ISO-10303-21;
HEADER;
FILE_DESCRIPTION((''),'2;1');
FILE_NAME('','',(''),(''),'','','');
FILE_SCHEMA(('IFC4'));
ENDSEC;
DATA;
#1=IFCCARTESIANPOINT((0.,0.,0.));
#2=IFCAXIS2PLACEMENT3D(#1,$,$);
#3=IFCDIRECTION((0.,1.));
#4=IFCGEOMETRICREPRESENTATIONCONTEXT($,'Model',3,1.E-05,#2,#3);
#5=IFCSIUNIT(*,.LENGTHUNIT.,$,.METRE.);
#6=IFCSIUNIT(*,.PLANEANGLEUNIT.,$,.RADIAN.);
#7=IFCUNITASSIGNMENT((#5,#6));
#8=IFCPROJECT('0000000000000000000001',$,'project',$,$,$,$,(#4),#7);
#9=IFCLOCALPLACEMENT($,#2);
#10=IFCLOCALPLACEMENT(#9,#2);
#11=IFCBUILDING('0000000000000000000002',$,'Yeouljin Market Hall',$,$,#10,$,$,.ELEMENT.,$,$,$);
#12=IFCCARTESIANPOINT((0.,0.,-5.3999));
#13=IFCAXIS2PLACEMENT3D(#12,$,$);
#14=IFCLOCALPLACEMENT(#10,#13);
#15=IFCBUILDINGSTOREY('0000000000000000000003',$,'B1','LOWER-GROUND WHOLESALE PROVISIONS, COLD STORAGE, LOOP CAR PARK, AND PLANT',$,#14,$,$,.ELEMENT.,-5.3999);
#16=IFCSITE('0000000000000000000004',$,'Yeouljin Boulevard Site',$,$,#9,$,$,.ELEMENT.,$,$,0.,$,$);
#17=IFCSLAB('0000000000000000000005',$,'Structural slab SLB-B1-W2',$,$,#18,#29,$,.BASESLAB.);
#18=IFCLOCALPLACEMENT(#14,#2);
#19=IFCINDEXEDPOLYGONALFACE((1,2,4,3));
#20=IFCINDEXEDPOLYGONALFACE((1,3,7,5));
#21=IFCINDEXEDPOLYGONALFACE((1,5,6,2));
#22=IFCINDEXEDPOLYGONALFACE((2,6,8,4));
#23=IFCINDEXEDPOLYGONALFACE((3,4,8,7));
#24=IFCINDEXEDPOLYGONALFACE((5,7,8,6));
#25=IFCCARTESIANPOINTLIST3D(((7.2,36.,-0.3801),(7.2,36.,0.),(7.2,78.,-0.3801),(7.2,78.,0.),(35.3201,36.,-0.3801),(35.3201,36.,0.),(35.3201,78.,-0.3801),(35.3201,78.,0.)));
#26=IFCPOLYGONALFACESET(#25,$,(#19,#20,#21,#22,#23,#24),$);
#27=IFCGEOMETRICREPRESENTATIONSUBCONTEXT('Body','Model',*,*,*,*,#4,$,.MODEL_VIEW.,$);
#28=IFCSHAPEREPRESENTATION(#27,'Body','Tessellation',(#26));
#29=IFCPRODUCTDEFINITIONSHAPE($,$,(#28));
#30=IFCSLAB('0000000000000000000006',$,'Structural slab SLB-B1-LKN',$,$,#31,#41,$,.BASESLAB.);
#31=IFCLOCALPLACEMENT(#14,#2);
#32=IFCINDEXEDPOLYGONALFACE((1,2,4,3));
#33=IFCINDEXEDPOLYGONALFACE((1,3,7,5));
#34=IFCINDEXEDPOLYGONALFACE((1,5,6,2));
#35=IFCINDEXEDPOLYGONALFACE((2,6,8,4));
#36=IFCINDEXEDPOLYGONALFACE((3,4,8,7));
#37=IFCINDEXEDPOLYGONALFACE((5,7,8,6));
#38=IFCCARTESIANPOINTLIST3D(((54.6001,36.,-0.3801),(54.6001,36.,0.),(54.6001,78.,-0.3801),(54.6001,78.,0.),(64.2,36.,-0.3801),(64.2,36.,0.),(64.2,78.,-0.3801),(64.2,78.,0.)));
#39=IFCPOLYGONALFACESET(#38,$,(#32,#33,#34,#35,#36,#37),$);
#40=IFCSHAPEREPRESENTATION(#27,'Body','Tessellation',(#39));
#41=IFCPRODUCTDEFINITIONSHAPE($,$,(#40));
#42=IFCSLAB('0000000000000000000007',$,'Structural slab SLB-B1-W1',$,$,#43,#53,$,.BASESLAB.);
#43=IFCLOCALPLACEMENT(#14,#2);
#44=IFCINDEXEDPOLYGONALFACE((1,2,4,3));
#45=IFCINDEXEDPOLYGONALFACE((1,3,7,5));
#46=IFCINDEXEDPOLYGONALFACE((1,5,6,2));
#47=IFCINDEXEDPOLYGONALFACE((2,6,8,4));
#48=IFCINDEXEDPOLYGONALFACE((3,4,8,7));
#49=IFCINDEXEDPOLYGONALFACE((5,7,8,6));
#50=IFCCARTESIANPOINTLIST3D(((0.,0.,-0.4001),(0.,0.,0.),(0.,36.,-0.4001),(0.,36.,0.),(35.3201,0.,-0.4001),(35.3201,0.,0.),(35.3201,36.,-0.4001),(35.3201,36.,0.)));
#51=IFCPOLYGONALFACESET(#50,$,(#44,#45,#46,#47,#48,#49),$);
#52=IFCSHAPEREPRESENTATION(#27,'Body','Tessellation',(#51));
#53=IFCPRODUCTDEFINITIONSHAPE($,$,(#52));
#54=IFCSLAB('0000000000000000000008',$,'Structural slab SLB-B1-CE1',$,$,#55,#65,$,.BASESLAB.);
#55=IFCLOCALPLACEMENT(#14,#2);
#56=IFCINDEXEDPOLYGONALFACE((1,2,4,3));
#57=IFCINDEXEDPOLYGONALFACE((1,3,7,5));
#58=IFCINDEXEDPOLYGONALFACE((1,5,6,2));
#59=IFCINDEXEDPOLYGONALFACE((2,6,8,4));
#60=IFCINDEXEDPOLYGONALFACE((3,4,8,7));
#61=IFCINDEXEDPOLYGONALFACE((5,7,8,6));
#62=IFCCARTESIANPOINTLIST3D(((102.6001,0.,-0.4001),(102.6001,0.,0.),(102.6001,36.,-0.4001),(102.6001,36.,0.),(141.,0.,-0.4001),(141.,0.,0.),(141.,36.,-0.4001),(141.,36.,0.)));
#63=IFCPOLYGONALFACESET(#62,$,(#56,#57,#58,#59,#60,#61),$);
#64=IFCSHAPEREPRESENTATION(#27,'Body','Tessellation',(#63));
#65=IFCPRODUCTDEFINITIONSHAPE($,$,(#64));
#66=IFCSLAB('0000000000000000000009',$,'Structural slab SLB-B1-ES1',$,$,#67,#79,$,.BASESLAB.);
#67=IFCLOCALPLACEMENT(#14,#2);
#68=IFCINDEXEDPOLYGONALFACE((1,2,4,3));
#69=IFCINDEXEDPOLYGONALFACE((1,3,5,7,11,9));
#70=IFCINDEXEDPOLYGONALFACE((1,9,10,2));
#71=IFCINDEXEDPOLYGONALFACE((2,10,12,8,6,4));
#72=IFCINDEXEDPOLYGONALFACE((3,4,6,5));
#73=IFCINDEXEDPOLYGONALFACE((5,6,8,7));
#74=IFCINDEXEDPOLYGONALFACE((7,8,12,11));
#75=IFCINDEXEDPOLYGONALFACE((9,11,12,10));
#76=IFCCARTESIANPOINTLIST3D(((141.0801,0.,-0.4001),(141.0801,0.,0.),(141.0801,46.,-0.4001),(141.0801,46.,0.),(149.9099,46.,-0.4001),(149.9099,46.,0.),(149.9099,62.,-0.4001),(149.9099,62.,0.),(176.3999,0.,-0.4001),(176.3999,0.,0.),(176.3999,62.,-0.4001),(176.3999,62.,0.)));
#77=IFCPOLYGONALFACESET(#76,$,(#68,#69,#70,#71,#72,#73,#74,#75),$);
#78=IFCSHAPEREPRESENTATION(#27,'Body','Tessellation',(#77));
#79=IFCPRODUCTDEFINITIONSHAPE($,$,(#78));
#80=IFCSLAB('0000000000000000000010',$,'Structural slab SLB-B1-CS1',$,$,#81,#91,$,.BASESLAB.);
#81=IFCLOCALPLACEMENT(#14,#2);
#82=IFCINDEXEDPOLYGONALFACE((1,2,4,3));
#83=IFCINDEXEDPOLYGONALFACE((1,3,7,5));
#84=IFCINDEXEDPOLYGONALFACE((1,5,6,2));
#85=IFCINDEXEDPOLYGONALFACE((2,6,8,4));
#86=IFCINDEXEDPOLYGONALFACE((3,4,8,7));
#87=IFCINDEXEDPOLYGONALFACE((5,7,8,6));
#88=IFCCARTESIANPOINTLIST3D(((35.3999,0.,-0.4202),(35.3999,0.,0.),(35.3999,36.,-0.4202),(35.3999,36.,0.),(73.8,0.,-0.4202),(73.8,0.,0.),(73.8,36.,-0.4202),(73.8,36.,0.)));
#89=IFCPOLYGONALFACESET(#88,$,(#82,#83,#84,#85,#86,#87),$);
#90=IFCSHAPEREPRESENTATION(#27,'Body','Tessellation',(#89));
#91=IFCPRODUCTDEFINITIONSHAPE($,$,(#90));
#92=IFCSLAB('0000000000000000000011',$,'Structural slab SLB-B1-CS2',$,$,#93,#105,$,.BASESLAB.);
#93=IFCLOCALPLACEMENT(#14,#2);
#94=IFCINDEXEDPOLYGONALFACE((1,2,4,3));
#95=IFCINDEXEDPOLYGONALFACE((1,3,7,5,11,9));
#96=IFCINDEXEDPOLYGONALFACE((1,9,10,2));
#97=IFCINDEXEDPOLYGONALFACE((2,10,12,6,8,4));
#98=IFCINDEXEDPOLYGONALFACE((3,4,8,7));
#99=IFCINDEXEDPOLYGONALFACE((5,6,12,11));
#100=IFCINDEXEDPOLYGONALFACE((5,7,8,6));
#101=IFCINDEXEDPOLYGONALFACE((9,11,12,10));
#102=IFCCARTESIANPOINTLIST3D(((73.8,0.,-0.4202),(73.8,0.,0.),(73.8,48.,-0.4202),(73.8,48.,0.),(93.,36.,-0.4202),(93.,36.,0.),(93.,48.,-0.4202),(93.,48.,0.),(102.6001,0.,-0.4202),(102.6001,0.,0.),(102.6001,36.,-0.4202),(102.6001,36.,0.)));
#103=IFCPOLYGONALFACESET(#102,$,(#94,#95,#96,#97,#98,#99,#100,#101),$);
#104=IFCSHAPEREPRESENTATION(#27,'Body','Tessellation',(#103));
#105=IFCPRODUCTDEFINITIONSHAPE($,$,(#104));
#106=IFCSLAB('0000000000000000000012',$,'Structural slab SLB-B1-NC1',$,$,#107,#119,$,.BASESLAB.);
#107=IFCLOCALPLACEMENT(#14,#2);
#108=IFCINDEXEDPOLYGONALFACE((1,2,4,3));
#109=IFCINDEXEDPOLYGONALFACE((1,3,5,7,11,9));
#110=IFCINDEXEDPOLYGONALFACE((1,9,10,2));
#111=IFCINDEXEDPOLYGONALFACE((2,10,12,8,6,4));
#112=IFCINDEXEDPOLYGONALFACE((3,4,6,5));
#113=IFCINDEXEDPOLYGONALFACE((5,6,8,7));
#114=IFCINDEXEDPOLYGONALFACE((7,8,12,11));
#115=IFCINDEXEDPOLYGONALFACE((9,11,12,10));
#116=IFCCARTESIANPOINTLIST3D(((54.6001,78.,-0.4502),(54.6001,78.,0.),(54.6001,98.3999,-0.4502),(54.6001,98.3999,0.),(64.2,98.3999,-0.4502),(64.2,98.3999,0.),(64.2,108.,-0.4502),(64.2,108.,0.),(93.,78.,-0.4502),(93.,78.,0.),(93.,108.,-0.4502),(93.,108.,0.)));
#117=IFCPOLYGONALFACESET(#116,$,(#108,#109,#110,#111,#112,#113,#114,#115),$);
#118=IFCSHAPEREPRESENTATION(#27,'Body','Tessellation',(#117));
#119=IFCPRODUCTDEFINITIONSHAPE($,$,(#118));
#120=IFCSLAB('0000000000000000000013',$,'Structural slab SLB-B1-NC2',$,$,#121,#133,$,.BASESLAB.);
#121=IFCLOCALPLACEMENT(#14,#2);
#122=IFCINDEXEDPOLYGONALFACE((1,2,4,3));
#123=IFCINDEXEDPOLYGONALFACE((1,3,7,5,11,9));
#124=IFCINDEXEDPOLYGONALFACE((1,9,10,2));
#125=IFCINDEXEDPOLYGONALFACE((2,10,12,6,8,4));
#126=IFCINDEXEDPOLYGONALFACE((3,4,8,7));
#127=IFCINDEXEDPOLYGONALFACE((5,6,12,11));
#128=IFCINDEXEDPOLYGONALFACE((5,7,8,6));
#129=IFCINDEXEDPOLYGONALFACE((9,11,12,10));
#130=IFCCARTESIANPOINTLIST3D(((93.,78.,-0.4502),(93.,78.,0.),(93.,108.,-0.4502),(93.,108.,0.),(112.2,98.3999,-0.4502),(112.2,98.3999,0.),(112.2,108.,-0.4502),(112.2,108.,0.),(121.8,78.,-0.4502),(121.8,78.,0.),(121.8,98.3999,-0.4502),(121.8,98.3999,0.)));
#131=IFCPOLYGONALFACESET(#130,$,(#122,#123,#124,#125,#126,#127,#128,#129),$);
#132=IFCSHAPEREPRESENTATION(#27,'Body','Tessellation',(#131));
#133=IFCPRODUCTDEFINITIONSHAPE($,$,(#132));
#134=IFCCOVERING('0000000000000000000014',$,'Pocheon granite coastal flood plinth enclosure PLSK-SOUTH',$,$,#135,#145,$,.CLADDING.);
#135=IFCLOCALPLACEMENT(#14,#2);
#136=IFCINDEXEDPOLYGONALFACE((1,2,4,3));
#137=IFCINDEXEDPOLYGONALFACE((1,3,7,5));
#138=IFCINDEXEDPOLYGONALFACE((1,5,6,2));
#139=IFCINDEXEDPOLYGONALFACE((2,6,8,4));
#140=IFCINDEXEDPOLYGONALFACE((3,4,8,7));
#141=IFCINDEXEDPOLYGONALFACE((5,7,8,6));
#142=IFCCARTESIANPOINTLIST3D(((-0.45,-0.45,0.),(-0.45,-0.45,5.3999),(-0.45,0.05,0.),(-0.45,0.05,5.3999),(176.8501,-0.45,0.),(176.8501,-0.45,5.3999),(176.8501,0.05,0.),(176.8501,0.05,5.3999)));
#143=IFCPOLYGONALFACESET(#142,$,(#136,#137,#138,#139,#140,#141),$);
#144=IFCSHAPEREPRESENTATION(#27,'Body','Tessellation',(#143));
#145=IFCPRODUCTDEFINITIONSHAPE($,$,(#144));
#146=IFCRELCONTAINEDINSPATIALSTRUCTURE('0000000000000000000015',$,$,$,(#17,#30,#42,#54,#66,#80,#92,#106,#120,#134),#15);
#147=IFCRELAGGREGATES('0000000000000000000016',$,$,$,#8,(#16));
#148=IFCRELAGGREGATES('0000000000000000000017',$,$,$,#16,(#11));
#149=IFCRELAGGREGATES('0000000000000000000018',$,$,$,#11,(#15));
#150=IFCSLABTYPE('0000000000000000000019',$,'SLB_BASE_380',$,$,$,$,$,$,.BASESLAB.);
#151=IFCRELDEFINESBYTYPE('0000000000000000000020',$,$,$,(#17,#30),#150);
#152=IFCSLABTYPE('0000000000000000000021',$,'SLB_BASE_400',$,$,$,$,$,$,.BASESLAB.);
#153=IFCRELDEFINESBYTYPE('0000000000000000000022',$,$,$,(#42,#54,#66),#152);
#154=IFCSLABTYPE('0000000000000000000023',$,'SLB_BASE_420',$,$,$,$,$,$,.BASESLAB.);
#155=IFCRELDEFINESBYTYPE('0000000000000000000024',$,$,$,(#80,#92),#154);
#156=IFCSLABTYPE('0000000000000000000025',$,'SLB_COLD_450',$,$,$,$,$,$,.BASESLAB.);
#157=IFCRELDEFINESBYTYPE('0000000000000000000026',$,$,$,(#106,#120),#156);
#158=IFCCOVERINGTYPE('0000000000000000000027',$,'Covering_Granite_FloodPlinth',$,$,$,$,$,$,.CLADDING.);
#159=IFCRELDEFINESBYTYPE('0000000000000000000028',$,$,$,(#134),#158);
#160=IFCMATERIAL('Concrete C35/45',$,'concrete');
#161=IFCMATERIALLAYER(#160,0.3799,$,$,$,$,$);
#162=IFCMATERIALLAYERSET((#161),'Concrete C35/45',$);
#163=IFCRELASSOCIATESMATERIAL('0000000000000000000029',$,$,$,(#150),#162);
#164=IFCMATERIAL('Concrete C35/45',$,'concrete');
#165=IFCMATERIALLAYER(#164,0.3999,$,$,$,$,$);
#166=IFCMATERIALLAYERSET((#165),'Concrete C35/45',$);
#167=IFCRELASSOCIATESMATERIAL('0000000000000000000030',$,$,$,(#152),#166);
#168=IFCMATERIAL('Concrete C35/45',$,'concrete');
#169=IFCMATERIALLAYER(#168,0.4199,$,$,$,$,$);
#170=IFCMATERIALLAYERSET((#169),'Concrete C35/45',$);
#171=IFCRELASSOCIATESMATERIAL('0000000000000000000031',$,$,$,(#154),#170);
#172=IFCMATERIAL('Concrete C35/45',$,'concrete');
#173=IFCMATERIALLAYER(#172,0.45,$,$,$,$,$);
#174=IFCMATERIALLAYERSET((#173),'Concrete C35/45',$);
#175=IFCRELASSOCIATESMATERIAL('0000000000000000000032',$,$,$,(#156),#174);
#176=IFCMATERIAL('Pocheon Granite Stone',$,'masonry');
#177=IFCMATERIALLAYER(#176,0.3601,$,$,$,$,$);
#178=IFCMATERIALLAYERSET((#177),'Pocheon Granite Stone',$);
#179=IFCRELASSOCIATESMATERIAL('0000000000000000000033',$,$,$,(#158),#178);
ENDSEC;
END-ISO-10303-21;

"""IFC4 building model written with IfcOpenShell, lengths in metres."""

from ifc_helpers import new_model, si_unit, direction, frame, origin, place, context, subcontext, project, spatial, polyline, outline, extrude, material, layer, layer_set, type_object, element, save


model = new_model("IFC4")

# Units and contexts
model_context = context("Model", 3, precision=1e-05, world=origin(), true_north=direction((0.0, 1.0)))
body_context = subcontext(model_context, "Body", "Model", "MODEL_VIEW")
ifc_project = project(units=[si_unit("LENGTHUNIT", "METRE"), si_unit("PLANEANGLEUNIT", "RADIAN")], contexts=[model_context])

# Site, building, storey
site_placement = place(None, origin())
site = spatial("IfcSite", under=ifc_project, at=site_placement, Name="Yeouljin Boulevard Site", CompositionType="ELEMENT", RefElevation=0.0)
building_placement = place(site_placement, origin())
building = spatial("IfcBuilding", under=site, at=building_placement, Name="Yeouljin Market Hall", CompositionType="ELEMENT")
storey_placement = place(building_placement, frame((0.0, 0.0, -5.3999)))
storey = spatial("IfcBuildingStorey", under=building, at=storey_placement, Name="B1", Description="LOWER-GROUND WHOLESALE PROVISIONS, COLD STORAGE, LOOP CAR PARK, AND PLANT", CompositionType="ELEMENT", Elevation=-5.3999)

# Slabs
ifc_material_1 = material(Name="Concrete C35/45", Category="concrete")
ifc_layer_1 = layer(ifc_material_1, 0.3799)
ifc_layer_set_1 = layer_set([ifc_layer_1], Name="Concrete C35/45")
slab_type_1 = type_object("IfcSlabType", Name="SLB_BASE_380", PredefinedType="BASESLAB", material=ifc_layer_set_1)
slab_1_placement = place(storey_placement, frame((0.0, 0.0, -0.3801)))
element("IfcSlab", 1, at=slab_1_placement, inside=storey, type_object=slab_type_1, Name="Structural slab SLB-B1-W2", PredefinedType="BASESLAB", context=body_context, shape_type="SweptSolid", body=[
    extrude(outline(polyline([(7.2, 36.0), (35.3201, 36.0), (35.3201, 78.0), (7.2, 78.0), (7.2, 36.0)])), origin(), (0.0, 0.0, 1.0), 0.3801),
])
slab_2_placement = place(storey_placement, frame((0.0, 0.0, -0.3801)))
element("IfcSlab", 2, at=slab_2_placement, inside=storey, type_object=slab_type_1, Name="Structural slab SLB-B1-LKN", PredefinedType="BASESLAB", context=body_context, shape_type="SweptSolid", body=[
    extrude(outline(polyline([(54.6001, 36.0), (64.2, 36.0), (64.2, 78.0), (54.6001, 78.0), (54.6001, 36.0)])), origin(), (0.0, 0.0, 1.0), 0.3801),
])
ifc_material_2 = material(Name="Concrete C35/45", Category="concrete")
ifc_layer_2 = layer(ifc_material_2, 0.3999)
ifc_layer_set_2 = layer_set([ifc_layer_2], Name="Concrete C35/45")
slab_type_2 = type_object("IfcSlabType", Name="SLB_BASE_400", PredefinedType="BASESLAB", material=ifc_layer_set_2)
slab_3_placement = place(storey_placement, frame((0.0, 0.0, -0.4001)))
element("IfcSlab", 3, at=slab_3_placement, inside=storey, type_object=slab_type_2, Name="Structural slab SLB-B1-W1", PredefinedType="BASESLAB", context=body_context, shape_type="SweptSolid", body=[
    extrude(outline(polyline([(0.0, 0.0), (35.3201, 0.0), (35.3201, 36.0), (0.0, 36.0), (0.0, 0.0)])), origin(), (0.0, 0.0, 1.0), 0.4001),
])
slab_4_placement = place(storey_placement, frame((0.0, 0.0, -0.4001)))
element("IfcSlab", 4, at=slab_4_placement, inside=storey, type_object=slab_type_2, Name="Structural slab SLB-B1-CE1", PredefinedType="BASESLAB", context=body_context, shape_type="SweptSolid", body=[
    extrude(outline(polyline([(102.6001, 0.0), (141.0, 0.0), (141.0, 36.0), (102.6001, 36.0), (102.6001, 0.0)])), origin(), (0.0, 0.0, 1.0), 0.4001),
])
slab_5_placement = place(storey_placement, frame((0.0, 0.0, -0.4001)))
element("IfcSlab", 5, at=slab_5_placement, inside=storey, type_object=slab_type_2, Name="Structural slab SLB-B1-ES1", PredefinedType="BASESLAB", context=body_context, shape_type="SweptSolid", body=[
    extrude(outline(polyline([(141.0801, 0.0), (176.3999, 0.0), (176.3999, 62.0), (149.9099, 62.0), (149.9099, 46.0), (141.0801, 46.0), (141.0801, 0.0)])), origin(), (0.0, 0.0, 1.0), 0.4001),
])
ifc_material_3 = material(Name="Concrete C35/45", Category="concrete")
ifc_layer_3 = layer(ifc_material_3, 0.4199)
ifc_layer_set_3 = layer_set([ifc_layer_3], Name="Concrete C35/45")
slab_type_3 = type_object("IfcSlabType", Name="SLB_BASE_420", PredefinedType="BASESLAB", material=ifc_layer_set_3)
slab_6_placement = place(storey_placement, frame((0.0, 0.0, -0.4202)))
element("IfcSlab", 6, at=slab_6_placement, inside=storey, type_object=slab_type_3, Name="Structural slab SLB-B1-CS1", PredefinedType="BASESLAB", context=body_context, shape_type="SweptSolid", body=[
    extrude(outline(polyline([(35.3999, 0.0), (73.8, 0.0), (73.8, 36.0), (35.3999, 36.0), (35.3999, 0.0)])), origin(), (0.0, 0.0, 1.0), 0.4202),
])
slab_7_placement = place(storey_placement, frame((0.0, 0.0, -0.4202)))
element("IfcSlab", 7, at=slab_7_placement, inside=storey, type_object=slab_type_3, Name="Structural slab SLB-B1-CS2", PredefinedType="BASESLAB", context=body_context, shape_type="SweptSolid", body=[
    extrude(outline(polyline([(73.8, 0.0), (102.6001, 0.0), (102.6001, 36.0), (93.0, 36.0), (93.0, 48.0), (73.8, 48.0), (73.8, 0.0)])), origin(), (0.0, 0.0, 1.0), 0.4202),
])
ifc_material_4 = material(Name="Concrete C35/45", Category="concrete")
ifc_layer_4 = layer(ifc_material_4, 0.45)
ifc_layer_set_4 = layer_set([ifc_layer_4], Name="Concrete C35/45")
slab_type_4 = type_object("IfcSlabType", Name="SLB_COLD_450", PredefinedType="BASESLAB", material=ifc_layer_set_4)
slab_8_placement = place(storey_placement, frame((0.0, 0.0, -0.4502)))
element("IfcSlab", 8, at=slab_8_placement, inside=storey, type_object=slab_type_4, Name="Structural slab SLB-B1-NC1", PredefinedType="BASESLAB", context=body_context, shape_type="SweptSolid", body=[
    extrude(outline(polyline([(54.6001, 78.0), (93.0, 78.0), (93.0, 108.0), (64.2, 108.0), (64.2, 98.3999), (54.6001, 98.3999), (54.6001, 78.0)])), origin(), (0.0, 0.0, 1.0), 0.4502),
])
slab_9_placement = place(storey_placement, frame((0.0, 0.0, -0.4502)))
element("IfcSlab", 9, at=slab_9_placement, inside=storey, type_object=slab_type_4, Name="Structural slab SLB-B1-NC2", PredefinedType="BASESLAB", context=body_context, shape_type="SweptSolid", body=[
    extrude(outline(polyline([(93.0, 78.0), (121.8, 78.0), (121.8, 98.3999), (112.2, 98.3999), (112.2, 108.0), (93.0, 108.0), (93.0, 78.0)])), origin(), (0.0, 0.0, 1.0), 0.4502),
])

# Covering
ifc_material_5 = material(Name="Pocheon Granite Stone", Category="masonry")
ifc_layer_5 = layer(ifc_material_5, 0.3601)
ifc_layer_set_5 = layer_set([ifc_layer_5], Name="Pocheon Granite Stone")
covering_type = type_object("IfcCoveringType", Name="Covering_Granite_FloodPlinth", PredefinedType="CLADDING", material=ifc_layer_set_5)
covering_placement = place(storey_placement, origin())
element("IfcCovering", 10, at=covering_placement, inside=storey, type_object=covering_type, Name="Pocheon granite coastal flood plinth enclosure PLSK-SOUTH", PredefinedType="CLADDING", context=body_context, shape_type="SweptSolid", body=[
    extrude(outline(polyline([(-0.45, -0.45), (176.8501, -0.45), (176.8501, 0.05), (-0.45, 0.05), (-0.45, -0.45)])), origin(), (0.0, 0.0, 1.0), 5.3999),
])

save(model, "model.ifc")
